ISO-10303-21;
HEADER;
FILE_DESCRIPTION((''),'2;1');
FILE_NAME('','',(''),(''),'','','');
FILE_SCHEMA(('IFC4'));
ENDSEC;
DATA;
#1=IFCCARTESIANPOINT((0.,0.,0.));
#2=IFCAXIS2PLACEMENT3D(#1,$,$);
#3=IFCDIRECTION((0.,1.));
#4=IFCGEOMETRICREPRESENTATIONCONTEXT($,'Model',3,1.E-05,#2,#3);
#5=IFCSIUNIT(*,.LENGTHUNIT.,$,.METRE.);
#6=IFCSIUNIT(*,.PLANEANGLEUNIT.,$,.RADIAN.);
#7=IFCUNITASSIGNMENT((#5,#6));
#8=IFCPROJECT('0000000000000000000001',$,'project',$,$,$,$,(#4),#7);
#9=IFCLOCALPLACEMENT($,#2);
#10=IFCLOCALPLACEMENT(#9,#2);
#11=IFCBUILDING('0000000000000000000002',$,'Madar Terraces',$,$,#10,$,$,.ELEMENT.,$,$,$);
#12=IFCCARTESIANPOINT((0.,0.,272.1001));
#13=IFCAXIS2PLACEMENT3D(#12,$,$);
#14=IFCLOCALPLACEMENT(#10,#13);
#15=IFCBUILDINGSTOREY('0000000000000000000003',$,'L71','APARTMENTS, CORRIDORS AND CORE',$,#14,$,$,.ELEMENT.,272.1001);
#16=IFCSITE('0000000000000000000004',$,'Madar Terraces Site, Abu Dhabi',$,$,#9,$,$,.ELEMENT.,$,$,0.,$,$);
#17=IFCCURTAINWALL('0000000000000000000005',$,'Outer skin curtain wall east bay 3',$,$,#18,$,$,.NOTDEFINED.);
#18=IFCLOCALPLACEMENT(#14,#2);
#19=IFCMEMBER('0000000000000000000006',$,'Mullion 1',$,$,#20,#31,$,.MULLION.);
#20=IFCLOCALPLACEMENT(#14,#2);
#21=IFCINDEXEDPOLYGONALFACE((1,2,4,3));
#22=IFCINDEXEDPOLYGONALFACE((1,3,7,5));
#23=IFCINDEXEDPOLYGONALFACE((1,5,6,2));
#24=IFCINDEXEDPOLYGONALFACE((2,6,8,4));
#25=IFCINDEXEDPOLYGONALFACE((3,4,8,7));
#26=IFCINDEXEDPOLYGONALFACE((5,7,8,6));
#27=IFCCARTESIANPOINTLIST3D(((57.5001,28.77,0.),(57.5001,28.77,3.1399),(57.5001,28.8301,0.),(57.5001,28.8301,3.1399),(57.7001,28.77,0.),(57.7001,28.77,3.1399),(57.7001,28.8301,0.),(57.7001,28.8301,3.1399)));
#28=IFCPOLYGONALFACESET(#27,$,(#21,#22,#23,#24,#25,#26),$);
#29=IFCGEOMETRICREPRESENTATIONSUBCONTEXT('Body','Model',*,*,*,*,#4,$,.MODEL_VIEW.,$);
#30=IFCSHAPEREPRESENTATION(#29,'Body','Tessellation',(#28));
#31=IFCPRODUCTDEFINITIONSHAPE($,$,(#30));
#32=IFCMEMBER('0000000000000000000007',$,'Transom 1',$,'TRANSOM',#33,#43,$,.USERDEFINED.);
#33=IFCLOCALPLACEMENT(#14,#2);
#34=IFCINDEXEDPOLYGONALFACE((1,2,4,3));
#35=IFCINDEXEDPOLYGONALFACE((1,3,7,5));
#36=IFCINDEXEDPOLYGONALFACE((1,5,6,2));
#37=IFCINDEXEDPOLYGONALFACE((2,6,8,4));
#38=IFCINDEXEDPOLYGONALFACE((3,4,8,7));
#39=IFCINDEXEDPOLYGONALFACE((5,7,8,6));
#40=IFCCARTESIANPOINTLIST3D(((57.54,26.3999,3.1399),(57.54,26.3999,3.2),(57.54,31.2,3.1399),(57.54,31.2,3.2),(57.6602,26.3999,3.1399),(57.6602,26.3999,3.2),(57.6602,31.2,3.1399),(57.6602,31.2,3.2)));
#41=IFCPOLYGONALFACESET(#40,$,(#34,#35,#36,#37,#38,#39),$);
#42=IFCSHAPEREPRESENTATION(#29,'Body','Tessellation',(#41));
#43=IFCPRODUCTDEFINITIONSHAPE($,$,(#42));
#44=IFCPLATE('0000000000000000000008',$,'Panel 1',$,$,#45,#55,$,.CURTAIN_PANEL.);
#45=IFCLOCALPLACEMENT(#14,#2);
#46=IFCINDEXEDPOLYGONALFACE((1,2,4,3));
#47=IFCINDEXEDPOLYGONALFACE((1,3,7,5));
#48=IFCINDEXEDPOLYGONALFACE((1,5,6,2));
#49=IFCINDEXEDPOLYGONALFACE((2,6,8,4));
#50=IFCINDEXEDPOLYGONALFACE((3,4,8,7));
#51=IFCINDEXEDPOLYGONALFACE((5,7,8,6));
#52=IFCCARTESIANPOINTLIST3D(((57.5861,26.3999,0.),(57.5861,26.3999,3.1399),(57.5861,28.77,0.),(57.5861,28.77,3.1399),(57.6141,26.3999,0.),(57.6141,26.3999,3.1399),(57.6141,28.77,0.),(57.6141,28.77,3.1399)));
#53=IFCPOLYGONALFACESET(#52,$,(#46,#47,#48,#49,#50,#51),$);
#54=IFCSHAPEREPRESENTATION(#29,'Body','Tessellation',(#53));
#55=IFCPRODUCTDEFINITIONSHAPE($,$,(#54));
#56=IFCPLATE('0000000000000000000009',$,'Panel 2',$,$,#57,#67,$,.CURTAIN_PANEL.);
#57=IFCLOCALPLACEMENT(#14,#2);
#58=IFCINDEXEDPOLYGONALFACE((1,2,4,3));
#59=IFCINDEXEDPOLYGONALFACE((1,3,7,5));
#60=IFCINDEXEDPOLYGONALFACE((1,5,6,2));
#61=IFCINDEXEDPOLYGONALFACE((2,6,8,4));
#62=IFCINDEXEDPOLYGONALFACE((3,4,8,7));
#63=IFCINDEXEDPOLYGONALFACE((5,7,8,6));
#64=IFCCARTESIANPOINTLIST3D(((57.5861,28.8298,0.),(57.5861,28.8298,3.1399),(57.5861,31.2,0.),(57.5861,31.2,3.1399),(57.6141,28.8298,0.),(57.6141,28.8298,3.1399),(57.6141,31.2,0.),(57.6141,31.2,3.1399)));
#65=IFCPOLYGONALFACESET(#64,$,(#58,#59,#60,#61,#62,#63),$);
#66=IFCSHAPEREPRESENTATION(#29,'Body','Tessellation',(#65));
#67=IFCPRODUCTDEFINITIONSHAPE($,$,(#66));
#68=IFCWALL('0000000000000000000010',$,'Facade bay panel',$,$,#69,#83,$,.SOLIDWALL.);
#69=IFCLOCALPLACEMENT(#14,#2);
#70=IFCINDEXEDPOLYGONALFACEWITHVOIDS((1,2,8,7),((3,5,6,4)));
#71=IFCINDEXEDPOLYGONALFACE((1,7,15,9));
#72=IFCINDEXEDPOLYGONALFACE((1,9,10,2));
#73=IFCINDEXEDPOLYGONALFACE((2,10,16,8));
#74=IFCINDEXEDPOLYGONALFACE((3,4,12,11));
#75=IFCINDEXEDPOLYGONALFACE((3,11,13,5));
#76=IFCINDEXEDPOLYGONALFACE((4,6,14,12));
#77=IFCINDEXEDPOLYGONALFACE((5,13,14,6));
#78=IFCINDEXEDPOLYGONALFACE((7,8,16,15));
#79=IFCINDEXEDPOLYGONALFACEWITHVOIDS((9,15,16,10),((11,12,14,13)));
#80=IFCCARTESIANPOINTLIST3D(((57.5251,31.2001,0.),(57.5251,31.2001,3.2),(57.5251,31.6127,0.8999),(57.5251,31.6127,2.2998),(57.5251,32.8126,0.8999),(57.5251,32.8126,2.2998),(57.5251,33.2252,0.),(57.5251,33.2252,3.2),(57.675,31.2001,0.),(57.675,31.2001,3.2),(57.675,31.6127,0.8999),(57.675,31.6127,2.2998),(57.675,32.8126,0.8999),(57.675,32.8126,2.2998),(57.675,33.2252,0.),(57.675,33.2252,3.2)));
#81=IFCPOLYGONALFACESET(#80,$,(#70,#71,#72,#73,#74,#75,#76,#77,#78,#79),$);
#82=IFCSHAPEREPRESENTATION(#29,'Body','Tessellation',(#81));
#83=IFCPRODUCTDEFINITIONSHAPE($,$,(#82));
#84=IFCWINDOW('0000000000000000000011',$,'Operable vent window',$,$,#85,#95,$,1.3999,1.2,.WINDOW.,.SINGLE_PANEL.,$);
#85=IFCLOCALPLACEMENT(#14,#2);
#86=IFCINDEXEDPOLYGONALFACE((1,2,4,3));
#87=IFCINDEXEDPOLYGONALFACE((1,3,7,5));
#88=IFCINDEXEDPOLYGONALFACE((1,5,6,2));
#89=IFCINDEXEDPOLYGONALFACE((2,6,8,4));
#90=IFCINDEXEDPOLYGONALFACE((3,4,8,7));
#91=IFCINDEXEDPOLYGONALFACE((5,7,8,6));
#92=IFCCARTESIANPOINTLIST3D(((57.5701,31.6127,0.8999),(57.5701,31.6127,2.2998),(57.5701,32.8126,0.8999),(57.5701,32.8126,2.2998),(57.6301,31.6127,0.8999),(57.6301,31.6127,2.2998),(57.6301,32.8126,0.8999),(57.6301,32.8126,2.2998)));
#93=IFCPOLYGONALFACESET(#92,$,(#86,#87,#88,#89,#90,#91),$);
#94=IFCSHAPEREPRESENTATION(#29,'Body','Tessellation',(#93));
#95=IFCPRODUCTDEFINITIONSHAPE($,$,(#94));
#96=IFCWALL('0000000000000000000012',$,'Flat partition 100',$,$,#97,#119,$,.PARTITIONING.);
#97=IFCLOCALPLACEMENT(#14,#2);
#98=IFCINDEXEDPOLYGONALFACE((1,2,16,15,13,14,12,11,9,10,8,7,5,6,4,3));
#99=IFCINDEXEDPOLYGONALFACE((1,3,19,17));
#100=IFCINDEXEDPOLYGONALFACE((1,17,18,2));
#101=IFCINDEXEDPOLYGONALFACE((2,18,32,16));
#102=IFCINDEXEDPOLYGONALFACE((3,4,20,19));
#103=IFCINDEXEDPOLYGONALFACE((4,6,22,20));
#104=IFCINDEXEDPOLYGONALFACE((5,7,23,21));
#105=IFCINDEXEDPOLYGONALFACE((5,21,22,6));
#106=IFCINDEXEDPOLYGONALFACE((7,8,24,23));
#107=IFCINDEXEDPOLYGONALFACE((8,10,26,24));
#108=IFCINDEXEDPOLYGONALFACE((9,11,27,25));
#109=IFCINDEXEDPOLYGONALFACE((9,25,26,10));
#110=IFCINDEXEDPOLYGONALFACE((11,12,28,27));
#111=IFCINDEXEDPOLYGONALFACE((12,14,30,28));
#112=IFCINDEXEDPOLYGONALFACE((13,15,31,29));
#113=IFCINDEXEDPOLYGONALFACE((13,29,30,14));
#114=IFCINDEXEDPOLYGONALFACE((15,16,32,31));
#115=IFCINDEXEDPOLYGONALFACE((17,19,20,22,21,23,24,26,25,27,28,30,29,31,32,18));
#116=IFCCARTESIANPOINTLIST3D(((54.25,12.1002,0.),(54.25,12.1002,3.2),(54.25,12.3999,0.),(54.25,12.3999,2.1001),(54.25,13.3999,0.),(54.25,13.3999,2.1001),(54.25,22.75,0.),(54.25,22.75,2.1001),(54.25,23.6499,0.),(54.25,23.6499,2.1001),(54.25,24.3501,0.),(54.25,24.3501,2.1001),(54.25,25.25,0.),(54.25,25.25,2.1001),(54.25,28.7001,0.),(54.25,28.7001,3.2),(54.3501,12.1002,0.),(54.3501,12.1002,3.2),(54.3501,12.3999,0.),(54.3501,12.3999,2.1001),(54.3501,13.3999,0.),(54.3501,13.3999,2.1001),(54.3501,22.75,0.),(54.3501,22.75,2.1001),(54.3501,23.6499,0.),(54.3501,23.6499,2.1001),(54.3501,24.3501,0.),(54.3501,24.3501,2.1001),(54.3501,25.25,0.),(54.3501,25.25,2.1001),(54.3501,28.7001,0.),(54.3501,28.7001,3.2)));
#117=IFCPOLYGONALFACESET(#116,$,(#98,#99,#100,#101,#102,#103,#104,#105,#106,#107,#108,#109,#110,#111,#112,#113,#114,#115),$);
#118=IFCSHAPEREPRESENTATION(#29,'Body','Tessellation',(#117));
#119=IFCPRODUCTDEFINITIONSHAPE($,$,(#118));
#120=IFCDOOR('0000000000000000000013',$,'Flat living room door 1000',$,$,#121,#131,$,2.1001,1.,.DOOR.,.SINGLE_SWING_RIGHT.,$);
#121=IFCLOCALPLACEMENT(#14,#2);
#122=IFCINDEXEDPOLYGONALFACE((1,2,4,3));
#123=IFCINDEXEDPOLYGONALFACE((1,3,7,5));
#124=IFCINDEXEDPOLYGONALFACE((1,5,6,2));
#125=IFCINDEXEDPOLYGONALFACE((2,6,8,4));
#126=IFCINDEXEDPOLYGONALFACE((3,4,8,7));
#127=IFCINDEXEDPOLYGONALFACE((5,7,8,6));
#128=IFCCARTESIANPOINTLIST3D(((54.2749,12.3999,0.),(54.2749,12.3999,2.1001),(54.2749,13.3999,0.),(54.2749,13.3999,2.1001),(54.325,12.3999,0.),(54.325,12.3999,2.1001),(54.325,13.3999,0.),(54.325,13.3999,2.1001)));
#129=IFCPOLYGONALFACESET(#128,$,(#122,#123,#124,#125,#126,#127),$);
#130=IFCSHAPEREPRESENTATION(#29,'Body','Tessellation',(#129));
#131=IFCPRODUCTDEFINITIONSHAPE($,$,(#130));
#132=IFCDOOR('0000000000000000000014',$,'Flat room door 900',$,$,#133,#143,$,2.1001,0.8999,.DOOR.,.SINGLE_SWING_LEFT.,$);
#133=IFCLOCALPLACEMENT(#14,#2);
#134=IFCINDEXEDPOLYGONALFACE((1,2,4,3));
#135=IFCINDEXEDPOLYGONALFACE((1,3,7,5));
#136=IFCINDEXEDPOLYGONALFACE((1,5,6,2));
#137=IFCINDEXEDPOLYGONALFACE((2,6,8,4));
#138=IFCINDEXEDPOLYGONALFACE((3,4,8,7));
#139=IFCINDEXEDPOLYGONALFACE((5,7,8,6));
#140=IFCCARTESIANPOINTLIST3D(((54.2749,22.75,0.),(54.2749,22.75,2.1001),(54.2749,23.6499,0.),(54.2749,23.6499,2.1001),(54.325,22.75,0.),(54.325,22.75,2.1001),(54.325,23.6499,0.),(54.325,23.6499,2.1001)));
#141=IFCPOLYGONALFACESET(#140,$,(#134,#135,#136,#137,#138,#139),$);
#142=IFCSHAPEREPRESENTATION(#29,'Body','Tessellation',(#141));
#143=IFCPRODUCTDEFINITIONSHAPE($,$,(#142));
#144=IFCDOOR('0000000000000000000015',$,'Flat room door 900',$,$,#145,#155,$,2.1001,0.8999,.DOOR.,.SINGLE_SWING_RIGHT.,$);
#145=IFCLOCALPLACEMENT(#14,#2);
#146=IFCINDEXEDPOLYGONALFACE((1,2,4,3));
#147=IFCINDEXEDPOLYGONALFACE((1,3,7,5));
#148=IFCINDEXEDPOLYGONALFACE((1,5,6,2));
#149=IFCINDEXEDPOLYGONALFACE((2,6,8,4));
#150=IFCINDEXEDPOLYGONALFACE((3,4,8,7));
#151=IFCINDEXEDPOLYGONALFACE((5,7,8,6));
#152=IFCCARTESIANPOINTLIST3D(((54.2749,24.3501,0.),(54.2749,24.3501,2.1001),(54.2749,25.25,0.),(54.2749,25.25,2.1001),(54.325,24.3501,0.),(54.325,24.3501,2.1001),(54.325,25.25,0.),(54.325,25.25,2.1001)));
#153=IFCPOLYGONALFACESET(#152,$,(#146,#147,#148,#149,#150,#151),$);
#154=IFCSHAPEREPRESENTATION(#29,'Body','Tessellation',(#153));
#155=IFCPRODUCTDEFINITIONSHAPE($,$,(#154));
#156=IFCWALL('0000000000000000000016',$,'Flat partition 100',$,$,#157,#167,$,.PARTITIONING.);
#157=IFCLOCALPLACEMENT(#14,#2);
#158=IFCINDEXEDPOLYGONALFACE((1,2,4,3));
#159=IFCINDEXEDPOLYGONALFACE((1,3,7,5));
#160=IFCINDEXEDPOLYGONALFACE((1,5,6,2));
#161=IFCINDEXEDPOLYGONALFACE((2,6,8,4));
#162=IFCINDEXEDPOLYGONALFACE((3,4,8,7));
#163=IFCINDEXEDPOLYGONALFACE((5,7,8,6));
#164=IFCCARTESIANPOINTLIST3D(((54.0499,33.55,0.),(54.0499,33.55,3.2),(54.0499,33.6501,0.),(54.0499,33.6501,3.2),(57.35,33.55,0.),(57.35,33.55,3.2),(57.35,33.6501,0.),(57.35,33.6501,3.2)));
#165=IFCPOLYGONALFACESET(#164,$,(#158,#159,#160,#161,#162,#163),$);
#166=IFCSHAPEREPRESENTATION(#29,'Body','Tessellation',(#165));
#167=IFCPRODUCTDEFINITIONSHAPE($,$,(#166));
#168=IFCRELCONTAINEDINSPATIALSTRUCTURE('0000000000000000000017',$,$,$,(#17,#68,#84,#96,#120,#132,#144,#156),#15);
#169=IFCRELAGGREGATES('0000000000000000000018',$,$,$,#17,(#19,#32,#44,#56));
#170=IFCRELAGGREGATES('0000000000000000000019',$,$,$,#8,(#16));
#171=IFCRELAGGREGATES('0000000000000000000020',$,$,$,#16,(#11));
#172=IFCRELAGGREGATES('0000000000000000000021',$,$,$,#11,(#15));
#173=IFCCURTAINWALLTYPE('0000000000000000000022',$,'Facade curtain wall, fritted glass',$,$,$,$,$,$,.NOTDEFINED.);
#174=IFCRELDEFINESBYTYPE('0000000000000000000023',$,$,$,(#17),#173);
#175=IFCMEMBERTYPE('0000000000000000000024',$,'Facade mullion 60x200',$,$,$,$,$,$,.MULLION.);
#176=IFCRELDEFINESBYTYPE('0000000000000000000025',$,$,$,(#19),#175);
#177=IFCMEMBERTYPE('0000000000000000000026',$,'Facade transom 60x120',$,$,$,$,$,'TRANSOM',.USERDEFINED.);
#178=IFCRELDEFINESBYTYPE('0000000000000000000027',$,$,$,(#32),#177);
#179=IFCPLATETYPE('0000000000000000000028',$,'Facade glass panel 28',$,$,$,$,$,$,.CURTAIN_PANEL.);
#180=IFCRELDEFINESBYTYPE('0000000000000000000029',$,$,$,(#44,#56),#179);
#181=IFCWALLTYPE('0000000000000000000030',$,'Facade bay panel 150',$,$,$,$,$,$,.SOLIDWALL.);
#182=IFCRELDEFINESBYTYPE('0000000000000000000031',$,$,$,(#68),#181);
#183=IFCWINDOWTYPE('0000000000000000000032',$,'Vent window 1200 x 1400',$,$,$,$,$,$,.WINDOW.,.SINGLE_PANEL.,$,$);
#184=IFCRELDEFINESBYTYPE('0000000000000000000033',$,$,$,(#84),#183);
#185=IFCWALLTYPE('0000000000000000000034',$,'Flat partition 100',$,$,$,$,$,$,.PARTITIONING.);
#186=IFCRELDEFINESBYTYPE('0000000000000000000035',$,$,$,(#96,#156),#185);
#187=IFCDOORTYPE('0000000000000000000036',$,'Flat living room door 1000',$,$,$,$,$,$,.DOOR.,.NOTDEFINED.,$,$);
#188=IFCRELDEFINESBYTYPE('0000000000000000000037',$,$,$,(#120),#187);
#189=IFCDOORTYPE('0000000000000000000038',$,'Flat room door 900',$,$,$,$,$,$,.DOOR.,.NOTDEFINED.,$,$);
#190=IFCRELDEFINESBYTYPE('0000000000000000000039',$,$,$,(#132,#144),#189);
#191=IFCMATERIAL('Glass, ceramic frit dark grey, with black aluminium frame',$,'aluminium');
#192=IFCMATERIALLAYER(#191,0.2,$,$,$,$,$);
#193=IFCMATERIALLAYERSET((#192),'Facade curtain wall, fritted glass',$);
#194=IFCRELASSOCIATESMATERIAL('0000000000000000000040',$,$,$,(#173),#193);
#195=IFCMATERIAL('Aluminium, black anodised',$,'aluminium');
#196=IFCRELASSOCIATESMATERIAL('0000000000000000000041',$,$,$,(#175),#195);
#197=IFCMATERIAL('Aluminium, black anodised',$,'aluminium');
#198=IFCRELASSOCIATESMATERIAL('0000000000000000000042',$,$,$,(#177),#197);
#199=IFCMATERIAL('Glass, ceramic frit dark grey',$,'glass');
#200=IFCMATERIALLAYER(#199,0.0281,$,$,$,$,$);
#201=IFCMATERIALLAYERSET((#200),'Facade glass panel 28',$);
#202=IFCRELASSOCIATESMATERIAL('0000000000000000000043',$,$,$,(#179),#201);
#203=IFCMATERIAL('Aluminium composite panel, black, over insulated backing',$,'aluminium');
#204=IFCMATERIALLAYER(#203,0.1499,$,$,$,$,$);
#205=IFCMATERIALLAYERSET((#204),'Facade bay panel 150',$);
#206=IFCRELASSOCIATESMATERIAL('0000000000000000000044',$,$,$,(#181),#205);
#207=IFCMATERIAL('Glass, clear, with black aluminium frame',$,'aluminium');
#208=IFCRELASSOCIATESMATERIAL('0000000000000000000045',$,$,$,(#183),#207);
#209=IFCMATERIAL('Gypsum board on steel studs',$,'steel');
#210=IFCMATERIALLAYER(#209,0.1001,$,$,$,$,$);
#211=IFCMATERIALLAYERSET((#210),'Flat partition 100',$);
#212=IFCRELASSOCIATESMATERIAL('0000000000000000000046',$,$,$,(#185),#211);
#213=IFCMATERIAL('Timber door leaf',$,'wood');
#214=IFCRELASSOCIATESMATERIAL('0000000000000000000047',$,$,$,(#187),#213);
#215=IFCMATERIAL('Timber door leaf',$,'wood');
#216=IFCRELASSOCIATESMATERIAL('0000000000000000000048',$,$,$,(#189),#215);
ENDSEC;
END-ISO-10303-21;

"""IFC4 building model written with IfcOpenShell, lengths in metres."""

from ifc_helpers import new_model, si_unit, direction, frame, frame_2d, origin, origin_2d, place, context, subcontext, project, spatial, rectangle, extrude, material, layer, layer_set, material_profile, profile_set, type_object, element, fill, aggregate, save


model = new_model("IFC4")

# Units and contexts
model_context = context("Model", 3, precision=1e-05, world=origin(), true_north=direction((0.0, 1.0)))
body_context = subcontext(model_context, "Body", "Model", "MODEL_VIEW")
ifc_project = project(units=[si_unit("LENGTHUNIT", "METRE"), si_unit("PLANEANGLEUNIT", "RADIAN")], contexts=[model_context])

# Site, building, storey
site_placement = place(None, origin())
site = spatial("IfcSite", under=ifc_project, at=site_placement, Name="Madar Terraces Site, Abu Dhabi", CompositionType="ELEMENT", RefElevation=0.0)
building_placement = place(site_placement, origin())
building = spatial("IfcBuilding", under=site, at=building_placement, Name="Madar Terraces", CompositionType="ELEMENT")
storey_placement = place(building_placement, frame((0.0, 0.0, 272.1001)))
storey = spatial("IfcBuildingStorey", under=building, at=storey_placement, Name="L71", Description="APARTMENTS, CORRIDORS AND CORE", CompositionType="ELEMENT", Elevation=272.1001)

# Curtain wall, members, plates
ifc_material_1 = material(Name="Glass, ceramic frit dark grey, with black aluminium frame", Category="aluminium")
ifc_layer_1 = layer(ifc_material_1, 0.2)
ifc_layer_set_1 = layer_set([ifc_layer_1], Name="Facade curtain wall, fritted glass")
curtain_wall_type = type_object("IfcCurtainWallType", Name="Facade curtain wall, fritted glass", PredefinedType="NOTDEFINED", material=ifc_layer_set_1)
curtain_wall_placement = place(storey_placement, origin())
curtain_wall = element("IfcCurtainWall", 1, at=curtain_wall_placement, inside=storey, type_object=curtain_wall_type, Name="Outer skin curtain wall east bay 3", PredefinedType="NOTDEFINED")
ifc_material_2 = material(Name="Aluminium, black anodised", Category="aluminium")
ifc_material_profile_1 = material_profile(ifc_material_2, rectangle(XDim=0.2, YDim=0.0601, at=origin_2d()), Name="Facade mullion 60x200")
ifc_profile_set_1 = profile_set([ifc_material_profile_1], Name="Aluminium, black anodised")
member_type_1 = type_object("IfcMemberType", Name="Facade mullion 60x200", PredefinedType="MULLION", material=ifc_profile_set_1)
member_1_placement = place(storey_placement, frame((57.6001, 28.8, 0.0), z_axis=(0.0, 0.0, 1.0), x_axis=(-1.0, 0.0, 0.0)))
member_1 = element("IfcMember", 2, at=member_1_placement, type_object=member_type_1, Name="Mullion 1", PredefinedType="MULLION", context=body_context, shape_type="SweptSolid", body=[
    extrude(rectangle(XDim=0.2, YDim=0.0601, at=origin_2d()), origin(), (0.0, 0.0, 1.0), 3.1399),
])
ifc_material_3 = material(Name="Aluminium, black anodised", Category="aluminium")
ifc_material_profile_2 = material_profile(ifc_material_3, rectangle(XDim=0.1201, YDim=0.0601, at=origin_2d()), Name="Facade transom 60x120")
ifc_profile_set_2 = profile_set([ifc_material_profile_2], Name="Aluminium, black anodised")
member_type_2 = type_object("IfcMemberType", Name="Facade transom 60x120", ElementType="TRANSOM", PredefinedType="USERDEFINED", material=ifc_profile_set_2)
member_2_placement = place(storey_placement, frame((57.6001, 26.3999, 3.1699), z_axis=(0.0, 1.0, 0.0), x_axis=(-1.0, 0.0, 0.0)))
member_2 = element("IfcMember", 3, at=member_2_placement, type_object=member_type_2, Name="Transom 1", ObjectType="TRANSOM", PredefinedType="USERDEFINED", context=body_context, shape_type="SweptSolid", body=[
    extrude(rectangle(XDim=0.1201, YDim=0.0601, at=origin_2d()), origin(), (0.0, 0.0, 1.0), 4.8),
])
ifc_material_4 = material(Name="Glass, ceramic frit dark grey", Category="glass")
ifc_layer_2 = layer(ifc_material_4, 0.0281)
ifc_layer_set_2 = layer_set([ifc_layer_2], Name="Facade glass panel 28")
plate_type = type_object("IfcPlateType", Name="Facade glass panel 28", PredefinedType="CURTAIN_PANEL", material=ifc_layer_set_2)
plate_1_placement = place(storey_placement, frame((57.6001, 27.585, 0.0), z_axis=(0.0, 0.0, 1.0), x_axis=(0.0, 1.0, 0.0)))
plate_1 = element("IfcPlate", 4, at=plate_1_placement, type_object=plate_type, Name="Panel 1", PredefinedType="CURTAIN_PANEL", context=body_context, shape_type="SweptSolid", body=[
    extrude(rectangle(XDim=2.3701, YDim=0.0281, at=origin_2d()), origin(), (0.0, 0.0, 1.0), 3.1399),
])
plate_2_placement = place(storey_placement, frame((57.6001, 30.0149, 0.0), z_axis=(0.0, 0.0, 1.0), x_axis=(0.0, 1.0, 0.0)))
plate_2 = element("IfcPlate", 5, at=plate_2_placement, type_object=plate_type, Name="Panel 2", PredefinedType="CURTAIN_PANEL", context=body_context, shape_type="SweptSolid", body=[
    extrude(rectangle(XDim=2.3701, YDim=0.0281, at=origin_2d()), origin(), (0.0, 0.0, 1.0), 3.1399),
])
aggregate(curtain_wall, [member_1, member_2, plate_1, plate_2])

# Wall, opening, window
ifc_material_5 = material(Name="Aluminium composite panel, black, over insulated backing", Category="aluminium")
ifc_layer_3 = layer(ifc_material_5, 0.1499)
ifc_layer_set_3 = layer_set([ifc_layer_3], Name="Facade bay panel 150")
wall_type_1 = type_object("IfcWallType", Name="Facade bay panel 150", PredefinedType="SOLIDWALL", material=ifc_layer_set_3)
wall_1_placement = place(storey_placement, frame((57.6001, 31.2, 0.0), z_axis=(0.0, 0.0, 1.0), x_axis=(0.0, 1.0, 0.0)))
wall_1 = element("IfcWall", 6, at=wall_1_placement, inside=storey, type_object=wall_type_1, Name="Facade bay panel", PredefinedType="SOLIDWALL", context=body_context, shape_type="SweptSolid", body=[
    extrude(rectangle(XDim=2.0251, YDim=0.1499, at=frame_2d((1.0127, 0.0))), origin(), (0.0, 0.0, 1.0), 3.2),
])
opening_1_placement = place(wall_1_placement, frame((0.4126, 0.0, 0.8999)))
opening_1 = element("IfcOpeningElement", 7, at=opening_1_placement, cuts=wall_1, PredefinedType="OPENING", context=body_context, shape_type="SweptSolid", body=[
    extrude(rectangle(XDim=1.2, YDim=1.3999, at=frame_2d((0.6001, 0.7))), frame((0.0, 0.085, 0.0), z_axis=(0.0, -1.0, 0.0), x_axis=(1.0, 0.0, 0.0)), (0.0, 0.0, 1.0), 0.1699),
])
ifc_material_6 = material(Name="Glass, clear, with black aluminium frame", Category="aluminium")
window_type = type_object("IfcWindowType", Name="Vent window 1200 x 1400", PartitioningType="SINGLE_PANEL", PredefinedType="WINDOW", material=ifc_material_6)
window_placement = place(opening_1_placement, origin())
window = element("IfcWindow", 8, at=window_placement, inside=storey, type_object=window_type, Name="Operable vent window", OverallHeight=1.3999, OverallWidth=1.2, PartitioningType="SINGLE_PANEL", PredefinedType="WINDOW", context=body_context, shape_type="SweptSolid", body=[
    extrude(rectangle(XDim=1.2, YDim=1.3999, at=frame_2d((0.6001, 0.7))), frame((0.0, 0.03, 0.0), z_axis=(0.0, -1.0, 0.0), x_axis=(1.0, 0.0, 0.0)), (0.0, 0.0, 1.0), 0.0601),
])
fill(opening_1, window)

# Wall, openings, doors
ifc_material_7 = material(Name="Gypsum board on steel studs", Category="steel")
ifc_layer_4 = layer(ifc_material_7, 0.1001)
ifc_layer_set_4 = layer_set([ifc_layer_4], Name="Flat partition 100")
wall_type_2 = type_object("IfcWallType", Name="Flat partition 100", PredefinedType="PARTITIONING", material=ifc_layer_set_4)
wall_2_placement = place(storey_placement, frame((54.3, 28.7, 0.0), z_axis=(0.0, 0.0, 1.0), x_axis=(0.0, -1.0, 0.0)))
wall_2 = element("IfcWall", 9, at=wall_2_placement, inside=storey, type_object=wall_type_2, Name="Flat partition 100", PredefinedType="PARTITIONING", context=body_context, shape_type="SweptSolid", body=[
    extrude(rectangle(XDim=16.5999, YDim=0.1001, at=frame_2d((8.2998, 0.0))), origin(), (0.0, 0.0, 1.0), 3.2),
])
opening_2_placement = place(wall_2_placement, frame((15.3, 0.0, 0.0)))
opening_2 = element("IfcOpeningElement", 10, at=opening_2_placement, cuts=wall_2, PredefinedType="OPENING", context=body_context, shape_type="SweptSolid", body=[
    extrude(rectangle(XDim=1.0, YDim=2.1001, at=frame_2d((0.5, 1.05))), frame((0.0, 0.0601, 0.0), z_axis=(0.0, -1.0, 0.0), x_axis=(1.0, 0.0, 0.0)), (0.0, 0.0, 1.0), 0.1201),
])
opening_3_placement = place(wall_2_placement, frame((5.05, 0.0, 0.0)))
opening_3 = element("IfcOpeningElement", 11, at=opening_3_placement, cuts=wall_2, PredefinedType="OPENING", context=body_context, shape_type="SweptSolid", body=[
    extrude(rectangle(XDim=0.8999, YDim=2.1001, at=frame_2d((0.45, 1.05))), frame((0.0, 0.0601, 0.0), z_axis=(0.0, -1.0, 0.0), x_axis=(1.0, 0.0, 0.0)), (0.0, 0.0, 1.0), 0.1201),
])
opening_4_placement = place(wall_2_placement, frame((3.45, 0.0, 0.0)))
opening_4 = element("IfcOpeningElement", 12, at=opening_4_placement, cuts=wall_2, PredefinedType="OPENING", context=body_context, shape_type="SweptSolid", body=[
    extrude(rectangle(XDim=0.8999, YDim=2.1001, at=frame_2d((0.45, 1.05))), frame((0.0, 0.0601, 0.0), z_axis=(0.0, -1.0, 0.0), x_axis=(1.0, 0.0, 0.0)), (0.0, 0.0, 1.0), 0.1201),
])
ifc_material_8 = material(Name="Timber door leaf", Category="wood")
door_type_1 = type_object("IfcDoorType", Name="Flat living room door 1000", OperationType="NOTDEFINED", PredefinedType="DOOR", material=ifc_material_8)
door_1_placement = place(opening_2_placement, origin())
door_1 = element("IfcDoor", 13, at=door_1_placement, inside=storey, type_object=door_type_1, Name="Flat living room door 1000", OperationType="SINGLE_SWING_RIGHT", OverallHeight=2.1001, OverallWidth=1.0, PredefinedType="DOOR", context=body_context, shape_type="SweptSolid", body=[
    extrude(rectangle(XDim=1.0, YDim=2.1001, at=frame_2d((0.5, 1.05))), frame((0.0, 0.0249, 0.0), z_axis=(0.0, -1.0, 0.0), x_axis=(1.0, 0.0, 0.0)), (0.0, 0.0, 1.0), 0.05),
])
fill(opening_2, door_1)
ifc_material_9 = material(Name="Timber door leaf", Category="wood")
door_type_2 = type_object("IfcDoorType", Name="Flat room door 900", OperationType="NOTDEFINED", PredefinedType="DOOR", material=ifc_material_9)
door_2_placement = place(opening_3_placement, origin())
door_2 = element("IfcDoor", 14, at=door_2_placement, inside=storey, type_object=door_type_2, Name="Flat room door 900", OperationType="SINGLE_SWING_LEFT", OverallHeight=2.1001, OverallWidth=0.8999, PredefinedType="DOOR", context=body_context, shape_type="SweptSolid", body=[
    extrude(rectangle(XDim=0.8999, YDim=2.1001, at=frame_2d((0.45, 1.05))), frame((0.0, 0.0249, 0.0), z_axis=(0.0, -1.0, 0.0), x_axis=(1.0, 0.0, 0.0)), (0.0, 0.0, 1.0), 0.05),
])
fill(opening_3, door_2)
door_3_placement = place(opening_4_placement, origin())
door_3 = element("IfcDoor", 15, at=door_3_placement, inside=storey, type_object=door_type_2, Name="Flat room door 900", OperationType="SINGLE_SWING_RIGHT", OverallHeight=2.1001, OverallWidth=0.8999, PredefinedType="DOOR", context=body_context, shape_type="SweptSolid", body=[
    extrude(rectangle(XDim=0.8999, YDim=2.1001, at=frame_2d((0.45, 1.05))), frame((0.0, 0.0249, 0.0), z_axis=(0.0, -1.0, 0.0), x_axis=(1.0, 0.0, 0.0)), (0.0, 0.0, 1.0), 0.05),
])
fill(opening_4, door_3)

# Wall
wall_3_placement = place(storey_placement, frame((54.05, 33.6001, 0.0), z_axis=(0.0, 0.0, 1.0), x_axis=(1.0, 0.0, 0.0)))
element("IfcWall", 16, at=wall_3_placement, inside=storey, type_object=wall_type_2, Name="Flat partition 100", PredefinedType="PARTITIONING", context=body_context, shape_type="SweptSolid", body=[
    extrude(rectangle(XDim=3.3, YDim=0.1001, at=frame_2d((1.6499, 0.0))), origin(), (0.0, 0.0, 1.0), 3.2),
])

save(model, "model.ifc")
